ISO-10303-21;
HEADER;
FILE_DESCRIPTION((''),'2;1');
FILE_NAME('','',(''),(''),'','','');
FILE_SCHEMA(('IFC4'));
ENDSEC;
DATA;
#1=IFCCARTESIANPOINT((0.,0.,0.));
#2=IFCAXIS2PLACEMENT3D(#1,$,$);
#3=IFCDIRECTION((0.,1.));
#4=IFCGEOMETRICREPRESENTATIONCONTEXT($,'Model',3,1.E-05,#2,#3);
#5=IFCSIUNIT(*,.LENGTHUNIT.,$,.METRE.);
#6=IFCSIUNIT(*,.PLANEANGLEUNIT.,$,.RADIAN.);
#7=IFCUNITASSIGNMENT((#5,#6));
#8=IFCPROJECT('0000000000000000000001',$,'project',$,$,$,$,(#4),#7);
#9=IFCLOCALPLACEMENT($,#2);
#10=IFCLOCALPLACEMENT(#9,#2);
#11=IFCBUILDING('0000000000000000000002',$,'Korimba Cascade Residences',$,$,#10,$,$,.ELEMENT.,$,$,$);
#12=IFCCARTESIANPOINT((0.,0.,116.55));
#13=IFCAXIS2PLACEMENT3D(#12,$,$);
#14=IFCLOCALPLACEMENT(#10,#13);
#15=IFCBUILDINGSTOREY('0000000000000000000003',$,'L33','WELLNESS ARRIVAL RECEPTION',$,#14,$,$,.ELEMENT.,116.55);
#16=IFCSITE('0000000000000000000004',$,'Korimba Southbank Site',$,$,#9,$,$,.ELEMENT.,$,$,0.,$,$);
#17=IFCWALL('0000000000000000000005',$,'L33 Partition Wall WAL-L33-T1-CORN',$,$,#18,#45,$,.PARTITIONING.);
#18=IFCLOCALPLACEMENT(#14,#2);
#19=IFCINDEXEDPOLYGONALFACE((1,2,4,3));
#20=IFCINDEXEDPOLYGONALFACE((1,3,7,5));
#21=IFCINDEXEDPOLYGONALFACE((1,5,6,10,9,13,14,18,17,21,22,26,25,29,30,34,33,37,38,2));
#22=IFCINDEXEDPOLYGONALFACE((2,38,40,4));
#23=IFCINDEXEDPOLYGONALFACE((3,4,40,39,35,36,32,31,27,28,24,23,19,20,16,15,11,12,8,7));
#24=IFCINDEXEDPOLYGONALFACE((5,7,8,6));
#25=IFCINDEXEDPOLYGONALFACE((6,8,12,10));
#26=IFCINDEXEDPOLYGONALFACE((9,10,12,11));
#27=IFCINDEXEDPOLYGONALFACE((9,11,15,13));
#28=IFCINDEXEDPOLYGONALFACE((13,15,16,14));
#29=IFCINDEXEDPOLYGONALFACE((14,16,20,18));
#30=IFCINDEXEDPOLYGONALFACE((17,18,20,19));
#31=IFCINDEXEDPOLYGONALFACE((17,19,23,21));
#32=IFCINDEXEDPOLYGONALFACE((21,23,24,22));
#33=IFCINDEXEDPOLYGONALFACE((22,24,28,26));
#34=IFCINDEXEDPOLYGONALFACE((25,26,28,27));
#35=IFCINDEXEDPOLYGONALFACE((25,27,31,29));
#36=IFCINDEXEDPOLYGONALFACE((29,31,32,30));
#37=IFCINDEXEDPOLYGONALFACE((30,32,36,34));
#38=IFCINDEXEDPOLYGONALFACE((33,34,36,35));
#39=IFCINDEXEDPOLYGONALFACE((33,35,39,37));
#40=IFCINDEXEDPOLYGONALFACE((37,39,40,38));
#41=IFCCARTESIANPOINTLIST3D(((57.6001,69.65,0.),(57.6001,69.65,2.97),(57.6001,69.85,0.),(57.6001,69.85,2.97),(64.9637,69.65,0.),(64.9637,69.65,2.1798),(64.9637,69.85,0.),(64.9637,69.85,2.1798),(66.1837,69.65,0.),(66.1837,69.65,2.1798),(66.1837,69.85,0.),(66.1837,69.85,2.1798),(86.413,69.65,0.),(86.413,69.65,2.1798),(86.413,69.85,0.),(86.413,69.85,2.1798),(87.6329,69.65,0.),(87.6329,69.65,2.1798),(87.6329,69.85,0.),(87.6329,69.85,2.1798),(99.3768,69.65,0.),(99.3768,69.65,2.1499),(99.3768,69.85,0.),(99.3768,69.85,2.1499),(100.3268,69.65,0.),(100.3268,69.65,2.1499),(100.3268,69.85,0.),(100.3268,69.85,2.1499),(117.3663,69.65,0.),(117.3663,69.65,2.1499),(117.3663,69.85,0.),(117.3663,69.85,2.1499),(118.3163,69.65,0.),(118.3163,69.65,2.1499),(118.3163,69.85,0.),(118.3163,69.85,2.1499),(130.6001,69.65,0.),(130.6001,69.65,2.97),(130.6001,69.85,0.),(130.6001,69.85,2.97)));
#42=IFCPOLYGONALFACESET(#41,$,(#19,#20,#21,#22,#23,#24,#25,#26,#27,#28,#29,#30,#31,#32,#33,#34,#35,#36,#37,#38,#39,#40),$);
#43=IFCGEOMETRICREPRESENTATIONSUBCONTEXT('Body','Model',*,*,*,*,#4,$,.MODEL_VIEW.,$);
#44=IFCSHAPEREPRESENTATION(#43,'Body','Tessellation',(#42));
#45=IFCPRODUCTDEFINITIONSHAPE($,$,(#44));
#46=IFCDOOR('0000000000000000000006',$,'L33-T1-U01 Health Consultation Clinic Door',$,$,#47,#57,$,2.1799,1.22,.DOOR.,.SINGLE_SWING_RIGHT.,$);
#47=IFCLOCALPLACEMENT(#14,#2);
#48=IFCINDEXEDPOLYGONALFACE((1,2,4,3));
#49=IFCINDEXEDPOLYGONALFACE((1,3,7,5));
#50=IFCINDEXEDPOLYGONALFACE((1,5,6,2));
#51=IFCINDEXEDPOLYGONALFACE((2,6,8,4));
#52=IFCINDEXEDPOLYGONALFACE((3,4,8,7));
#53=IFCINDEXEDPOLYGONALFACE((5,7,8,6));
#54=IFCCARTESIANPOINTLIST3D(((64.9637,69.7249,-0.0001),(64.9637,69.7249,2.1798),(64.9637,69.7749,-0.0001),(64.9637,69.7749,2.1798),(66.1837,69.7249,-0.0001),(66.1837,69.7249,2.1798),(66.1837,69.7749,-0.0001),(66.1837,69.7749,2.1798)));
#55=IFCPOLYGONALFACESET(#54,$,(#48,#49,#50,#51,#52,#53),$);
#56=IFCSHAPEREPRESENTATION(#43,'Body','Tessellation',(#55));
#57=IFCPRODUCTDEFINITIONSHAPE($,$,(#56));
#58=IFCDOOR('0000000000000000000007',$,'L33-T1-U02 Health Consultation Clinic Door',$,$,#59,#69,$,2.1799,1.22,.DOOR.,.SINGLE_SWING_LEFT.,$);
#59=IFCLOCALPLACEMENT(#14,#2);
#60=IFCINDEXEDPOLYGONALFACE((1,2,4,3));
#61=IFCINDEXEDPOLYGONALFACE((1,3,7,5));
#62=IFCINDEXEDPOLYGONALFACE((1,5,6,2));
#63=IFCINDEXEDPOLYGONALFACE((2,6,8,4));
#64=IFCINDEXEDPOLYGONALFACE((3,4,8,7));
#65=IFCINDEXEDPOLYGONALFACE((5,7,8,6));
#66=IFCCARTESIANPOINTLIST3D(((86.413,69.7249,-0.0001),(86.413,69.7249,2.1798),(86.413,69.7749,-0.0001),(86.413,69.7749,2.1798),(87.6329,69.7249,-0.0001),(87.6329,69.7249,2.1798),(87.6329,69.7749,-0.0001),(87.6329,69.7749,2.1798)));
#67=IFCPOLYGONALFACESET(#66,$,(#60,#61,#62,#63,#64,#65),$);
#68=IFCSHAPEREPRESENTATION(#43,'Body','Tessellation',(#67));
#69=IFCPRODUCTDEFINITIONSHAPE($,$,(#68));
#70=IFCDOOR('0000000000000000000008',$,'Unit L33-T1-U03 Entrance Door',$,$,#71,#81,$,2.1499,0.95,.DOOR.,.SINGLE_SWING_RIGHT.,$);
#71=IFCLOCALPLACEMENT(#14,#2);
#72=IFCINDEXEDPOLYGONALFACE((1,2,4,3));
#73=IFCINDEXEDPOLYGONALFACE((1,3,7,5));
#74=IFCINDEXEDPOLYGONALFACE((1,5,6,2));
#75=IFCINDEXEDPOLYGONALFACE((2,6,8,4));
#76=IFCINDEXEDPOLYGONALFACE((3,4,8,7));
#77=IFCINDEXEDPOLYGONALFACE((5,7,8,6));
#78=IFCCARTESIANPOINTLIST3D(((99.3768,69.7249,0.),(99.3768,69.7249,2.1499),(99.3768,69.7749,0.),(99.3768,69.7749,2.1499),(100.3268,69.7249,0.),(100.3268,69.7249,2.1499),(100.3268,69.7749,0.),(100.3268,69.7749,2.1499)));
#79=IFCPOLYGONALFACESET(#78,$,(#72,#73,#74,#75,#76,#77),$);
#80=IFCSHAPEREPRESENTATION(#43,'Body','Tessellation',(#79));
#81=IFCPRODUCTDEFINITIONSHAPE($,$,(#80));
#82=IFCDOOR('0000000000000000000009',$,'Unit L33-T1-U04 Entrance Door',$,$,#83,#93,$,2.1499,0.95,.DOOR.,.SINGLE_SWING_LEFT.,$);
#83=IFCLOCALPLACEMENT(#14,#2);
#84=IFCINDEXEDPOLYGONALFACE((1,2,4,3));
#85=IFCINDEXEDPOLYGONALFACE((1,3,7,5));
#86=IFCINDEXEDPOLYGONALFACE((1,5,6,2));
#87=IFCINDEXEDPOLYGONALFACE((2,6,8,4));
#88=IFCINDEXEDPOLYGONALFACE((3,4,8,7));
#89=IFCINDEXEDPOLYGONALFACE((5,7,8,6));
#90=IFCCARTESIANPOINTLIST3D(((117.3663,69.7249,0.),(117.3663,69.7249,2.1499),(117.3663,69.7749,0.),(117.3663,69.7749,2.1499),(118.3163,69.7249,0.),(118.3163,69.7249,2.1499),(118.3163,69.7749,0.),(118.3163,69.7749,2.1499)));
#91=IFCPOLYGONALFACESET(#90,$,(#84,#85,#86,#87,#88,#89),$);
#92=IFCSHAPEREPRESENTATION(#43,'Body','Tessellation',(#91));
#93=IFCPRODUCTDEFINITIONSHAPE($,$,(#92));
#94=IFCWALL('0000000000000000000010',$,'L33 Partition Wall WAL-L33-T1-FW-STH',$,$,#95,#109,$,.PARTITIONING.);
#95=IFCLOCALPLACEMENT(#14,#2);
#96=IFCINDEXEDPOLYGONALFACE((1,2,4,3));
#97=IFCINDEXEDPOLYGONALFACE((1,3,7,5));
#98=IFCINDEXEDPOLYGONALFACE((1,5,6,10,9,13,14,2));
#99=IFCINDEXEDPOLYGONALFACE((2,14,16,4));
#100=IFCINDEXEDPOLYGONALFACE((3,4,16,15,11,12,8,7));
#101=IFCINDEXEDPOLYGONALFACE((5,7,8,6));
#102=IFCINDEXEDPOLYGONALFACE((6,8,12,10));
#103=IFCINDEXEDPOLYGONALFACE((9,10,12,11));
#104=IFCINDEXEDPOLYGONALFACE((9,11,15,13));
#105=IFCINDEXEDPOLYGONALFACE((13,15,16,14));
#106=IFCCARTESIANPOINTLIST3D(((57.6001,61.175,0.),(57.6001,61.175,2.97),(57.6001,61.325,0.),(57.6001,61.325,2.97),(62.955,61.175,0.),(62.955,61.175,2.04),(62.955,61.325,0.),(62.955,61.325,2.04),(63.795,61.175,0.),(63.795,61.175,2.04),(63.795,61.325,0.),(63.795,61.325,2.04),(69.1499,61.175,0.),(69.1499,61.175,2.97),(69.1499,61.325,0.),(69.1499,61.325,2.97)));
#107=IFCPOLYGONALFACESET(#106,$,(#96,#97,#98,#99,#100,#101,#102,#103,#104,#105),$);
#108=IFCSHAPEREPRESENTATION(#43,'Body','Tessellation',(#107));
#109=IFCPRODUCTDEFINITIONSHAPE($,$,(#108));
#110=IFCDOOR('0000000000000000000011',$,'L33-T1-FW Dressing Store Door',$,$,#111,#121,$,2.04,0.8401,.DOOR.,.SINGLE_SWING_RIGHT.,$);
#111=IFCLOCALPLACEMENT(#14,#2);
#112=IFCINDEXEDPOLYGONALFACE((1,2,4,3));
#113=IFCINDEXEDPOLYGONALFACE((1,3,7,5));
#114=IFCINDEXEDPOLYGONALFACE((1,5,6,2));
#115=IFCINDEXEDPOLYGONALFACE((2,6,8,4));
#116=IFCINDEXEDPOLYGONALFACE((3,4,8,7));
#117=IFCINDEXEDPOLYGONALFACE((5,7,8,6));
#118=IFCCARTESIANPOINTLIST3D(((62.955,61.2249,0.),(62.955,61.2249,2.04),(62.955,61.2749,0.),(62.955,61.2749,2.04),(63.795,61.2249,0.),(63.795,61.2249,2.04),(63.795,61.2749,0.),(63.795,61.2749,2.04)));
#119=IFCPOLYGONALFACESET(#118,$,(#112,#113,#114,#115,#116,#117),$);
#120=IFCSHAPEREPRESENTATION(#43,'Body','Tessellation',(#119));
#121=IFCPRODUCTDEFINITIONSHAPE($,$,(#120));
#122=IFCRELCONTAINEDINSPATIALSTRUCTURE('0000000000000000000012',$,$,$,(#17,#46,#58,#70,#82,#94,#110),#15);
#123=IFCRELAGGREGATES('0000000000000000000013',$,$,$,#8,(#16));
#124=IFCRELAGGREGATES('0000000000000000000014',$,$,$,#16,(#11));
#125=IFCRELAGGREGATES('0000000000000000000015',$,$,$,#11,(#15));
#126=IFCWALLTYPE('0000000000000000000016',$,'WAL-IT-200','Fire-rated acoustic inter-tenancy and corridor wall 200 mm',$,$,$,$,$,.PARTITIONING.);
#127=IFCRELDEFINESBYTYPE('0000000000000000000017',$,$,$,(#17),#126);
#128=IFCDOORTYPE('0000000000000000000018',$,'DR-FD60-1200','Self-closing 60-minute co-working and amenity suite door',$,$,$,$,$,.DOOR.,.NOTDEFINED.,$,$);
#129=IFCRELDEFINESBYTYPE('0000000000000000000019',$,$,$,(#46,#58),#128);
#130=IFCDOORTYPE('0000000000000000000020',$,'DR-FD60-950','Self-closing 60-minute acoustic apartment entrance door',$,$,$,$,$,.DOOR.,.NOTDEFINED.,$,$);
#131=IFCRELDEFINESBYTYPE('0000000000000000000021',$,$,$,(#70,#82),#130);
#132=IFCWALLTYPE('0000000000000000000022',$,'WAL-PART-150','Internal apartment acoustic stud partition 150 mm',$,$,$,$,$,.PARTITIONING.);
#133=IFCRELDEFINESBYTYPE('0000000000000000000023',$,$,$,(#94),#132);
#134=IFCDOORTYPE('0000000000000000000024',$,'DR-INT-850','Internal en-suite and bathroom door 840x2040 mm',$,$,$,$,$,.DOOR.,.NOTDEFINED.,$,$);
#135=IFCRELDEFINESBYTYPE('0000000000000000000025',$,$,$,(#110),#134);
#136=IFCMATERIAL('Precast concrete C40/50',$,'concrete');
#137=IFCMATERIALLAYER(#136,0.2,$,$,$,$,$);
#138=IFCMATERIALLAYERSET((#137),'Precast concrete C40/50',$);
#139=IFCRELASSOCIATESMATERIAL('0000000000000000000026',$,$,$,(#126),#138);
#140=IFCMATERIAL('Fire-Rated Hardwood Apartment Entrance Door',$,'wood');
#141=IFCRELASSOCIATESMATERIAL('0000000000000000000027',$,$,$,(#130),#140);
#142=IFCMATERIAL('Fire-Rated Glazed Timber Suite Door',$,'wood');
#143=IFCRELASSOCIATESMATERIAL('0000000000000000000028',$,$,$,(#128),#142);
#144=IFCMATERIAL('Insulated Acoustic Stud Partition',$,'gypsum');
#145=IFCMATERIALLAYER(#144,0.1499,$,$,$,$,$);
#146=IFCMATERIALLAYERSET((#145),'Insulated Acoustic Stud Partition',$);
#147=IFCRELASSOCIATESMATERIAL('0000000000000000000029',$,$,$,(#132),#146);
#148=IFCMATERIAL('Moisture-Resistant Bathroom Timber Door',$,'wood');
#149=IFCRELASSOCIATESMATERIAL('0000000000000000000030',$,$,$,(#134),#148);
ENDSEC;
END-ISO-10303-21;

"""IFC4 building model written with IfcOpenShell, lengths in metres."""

from ifc_helpers import new_model, si_unit, direction, frame, frame_2d, origin, place, context, subcontext, project, spatial, rectangle, extrude, material, layer, layer_set, type_object, element, fill, save


model = new_model("IFC4")

# Units and contexts
model_context = context("Model", 3, precision=1e-05, world=origin(), true_north=direction((0.0, 1.0)))
body_context = subcontext(model_context, "Body", "Model", "MODEL_VIEW")
ifc_project = project(units=[si_unit("LENGTHUNIT", "METRE"), si_unit("PLANEANGLEUNIT", "RADIAN")], contexts=[model_context])

# Site, building, storey
site_placement = place(None, origin())
site = spatial("IfcSite", under=ifc_project, at=site_placement, Name="Korimba Southbank Site", CompositionType="ELEMENT", RefElevation=0.0)
building_placement = place(site_placement, origin())
building = spatial("IfcBuilding", under=site, at=building_placement, Name="Korimba Cascade Residences", CompositionType="ELEMENT")
storey_placement = place(building_placement, frame((0.0, 0.0, 116.55)))
storey = spatial("IfcBuildingStorey", under=building, at=storey_placement, Name="L33", Description="WELLNESS ARRIVAL RECEPTION", CompositionType="ELEMENT", Elevation=116.55)

# Shared definitions
ifc_material_1 = material(Name="Precast concrete C40/50", Category="concrete")
ifc_layer_1 = layer(ifc_material_1, 0.2)
ifc_layer_set_1 = layer_set([ifc_layer_1], Name="Precast concrete C40/50")
wall_type_1 = type_object("IfcWallType", Name="WAL-IT-200", Description="Fire-rated acoustic inter-tenancy and corridor wall 200 mm", PredefinedType="PARTITIONING", material=ifc_layer_set_1)
ifc_material_2 = material(Name="Fire-Rated Hardwood Apartment Entrance Door", Category="wood")
door_type_1 = type_object("IfcDoorType", Name="DR-FD60-950", Description="Self-closing 60-minute acoustic apartment entrance door", OperationType="NOTDEFINED", PredefinedType="DOOR", material=ifc_material_2)

# Wall, openings, doors
wall_1_placement = place(storey_placement, frame((57.6001, 69.75, 0.0), z_axis=(0.0, 0.0, 1.0), x_axis=(1.0, 0.0, 0.0)))
wall_1 = element("IfcWall", 1, at=wall_1_placement, inside=storey, type_object=wall_type_1, Name="L33 Partition Wall WAL-L33-T1-CORN", PredefinedType="PARTITIONING", context=body_context, shape_type="SweptSolid", body=[
    extrude(rectangle(XDim=73.0, YDim=0.2, at=frame_2d((36.5, 0.0))), origin(), (0.0, 0.0, 1.0), 2.97),
])
opening_1_placement = place(wall_1_placement, frame((7.3638, 0.0, 0.0)))
opening_1 = element("IfcOpeningElement", 2, at=opening_1_placement, cuts=wall_1, PredefinedType="OPENING", context=body_context, shape_type="SweptSolid", body=[
    extrude(rectangle(XDim=1.22, YDim=2.1799, at=frame_2d((0.6099, 1.0898))), frame((0.0, 0.1099, 0.0), z_axis=(0.0, -1.0, 0.0), x_axis=(1.0, 0.0, 0.0)), (0.0, 0.0, 1.0), 0.22),
])
opening_2_placement = place(wall_1_placement, frame((28.813, 0.0, 0.0)))
opening_2 = element("IfcOpeningElement", 3, at=opening_2_placement, cuts=wall_1, PredefinedType="OPENING", context=body_context, shape_type="SweptSolid", body=[
    extrude(rectangle(XDim=1.22, YDim=2.1799, at=frame_2d((0.6099, 1.0898))), frame((0.0, 0.1099, 0.0), z_axis=(0.0, -1.0, 0.0), x_axis=(1.0, 0.0, 0.0)), (0.0, 0.0, 1.0), 0.22),
])
opening_3_placement = place(wall_1_placement, frame((41.7766, 0.0, 0.0)))
opening_3 = element("IfcOpeningElement", 4, at=opening_3_placement, cuts=wall_1, PredefinedType="OPENING", context=body_context, shape_type="SweptSolid", body=[
    extrude(rectangle(XDim=0.95, YDim=2.1499, at=frame_2d((0.4751, 1.075))), frame((0.0, 0.1099, 0.0), z_axis=(0.0, -1.0, 0.0), x_axis=(1.0, 0.0, 0.0)), (0.0, 0.0, 1.0), 0.22),
])
opening_4_placement = place(wall_1_placement, frame((59.7661, 0.0, 0.0)))
opening_4 = element("IfcOpeningElement", 5, at=opening_4_placement, cuts=wall_1, PredefinedType="OPENING", context=body_context, shape_type="SweptSolid", body=[
    extrude(rectangle(XDim=0.95, YDim=2.1499, at=frame_2d((0.4751, 1.075))), frame((0.0, 0.1099, 0.0), z_axis=(0.0, -1.0, 0.0), x_axis=(1.0, 0.0, 0.0)), (0.0, 0.0, 1.0), 0.22),
])
ifc_material_3 = material(Name="Fire-Rated Glazed Timber Suite Door", Category="wood")
door_type_2 = type_object("IfcDoorType", Name="DR-FD60-1200", Description="Self-closing 60-minute co-working and amenity suite door", OperationType="NOTDEFINED", PredefinedType="DOOR", material=ifc_material_3)
door_1_placement = place(opening_1_placement, origin())
door_1 = element("IfcDoor", 6, at=door_1_placement, inside=storey, type_object=door_type_2, Name="L33-T1-U01 Health Consultation Clinic Door", OperationType="SINGLE_SWING_RIGHT", OverallHeight=2.1799, OverallWidth=1.22, PredefinedType="DOOR", context=body_context, shape_type="SweptSolid", body=[
    extrude(rectangle(XDim=1.22, YDim=2.1799, at=frame_2d((0.6099, 1.0898))), frame((0.0, 0.0249, 0.0), z_axis=(0.0, -1.0, 0.0), x_axis=(1.0, 0.0, 0.0)), (0.0, 0.0, 1.0), 0.05),
])
fill(opening_1, door_1)
door_2_placement = place(opening_2_placement, origin())
door_2 = element("IfcDoor", 7, at=door_2_placement, inside=storey, type_object=door_type_2, Name="L33-T1-U02 Health Consultation Clinic Door", OperationType="SINGLE_SWING_LEFT", OverallHeight=2.1799, OverallWidth=1.22, PredefinedType="DOOR", context=body_context, shape_type="SweptSolid", body=[
    extrude(rectangle(XDim=1.22, YDim=2.1799, at=frame_2d((0.6099, 1.0898))), frame((0.0, 0.0249, 0.0), z_axis=(0.0, -1.0, 0.0), x_axis=(1.0, 0.0, 0.0)), (0.0, 0.0, 1.0), 0.05),
])
fill(opening_2, door_2)
door_3_placement = place(opening_3_placement, origin())
door_3 = element("IfcDoor", 8, at=door_3_placement, inside=storey, type_object=door_type_1, Name="Unit L33-T1-U03 Entrance Door", OperationType="SINGLE_SWING_RIGHT", OverallHeight=2.1499, OverallWidth=0.95, PredefinedType="DOOR", context=body_context, shape_type="SweptSolid", body=[
    extrude(rectangle(XDim=0.95, YDim=2.1499, at=frame_2d((0.4751, 1.075))), frame((0.0, 0.0249, 0.0), z_axis=(0.0, -1.0, 0.0), x_axis=(1.0, 0.0, 0.0)), (0.0, 0.0, 1.0), 0.05),
])
fill(opening_3, door_3)
door_4_placement = place(opening_4_placement, origin())
door_4 = element("IfcDoor", 9, at=door_4_placement, inside=storey, type_object=door_type_1, Name="Unit L33-T1-U04 Entrance Door", OperationType="SINGLE_SWING_LEFT", OverallHeight=2.1499, OverallWidth=0.95, PredefinedType="DOOR", context=body_context, shape_type="SweptSolid", body=[
    extrude(rectangle(XDim=0.95, YDim=2.1499, at=frame_2d((0.4751, 1.075))), frame((0.0, 0.0249, 0.0), z_axis=(0.0, -1.0, 0.0), x_axis=(1.0, 0.0, 0.0)), (0.0, 0.0, 1.0), 0.05),
])
fill(opening_4, door_4)

# Wall, opening, door
ifc_material_4 = material(Name="Insulated Acoustic Stud Partition", Category="gypsum")
ifc_layer_2 = layer(ifc_material_4, 0.1499)
ifc_layer_set_2 = layer_set([ifc_layer_2], Name="Insulated Acoustic Stud Partition")
wall_type_2 = type_object("IfcWallType", Name="WAL-PART-150", Description="Internal apartment acoustic stud partition 150 mm", PredefinedType="PARTITIONING", material=ifc_layer_set_2)
wall_2_placement = place(storey_placement, frame((57.6001, 61.25, 0.0), z_axis=(0.0, 0.0, 1.0), x_axis=(1.0, 0.0, 0.0)))
wall_2 = element("IfcWall", 10, at=wall_2_placement, inside=storey, type_object=wall_type_2, Name="L33 Partition Wall WAL-L33-T1-FW-STH", PredefinedType="PARTITIONING", context=body_context, shape_type="SweptSolid", body=[
    extrude(rectangle(XDim=11.5498, YDim=0.1499, at=frame_2d((5.7749, 0.0))), origin(), (0.0, 0.0, 1.0), 2.97),
])
opening_5_placement = place(wall_2_placement, frame((5.355, 0.0, 0.0)))
opening_5 = element("IfcOpeningElement", 11, at=opening_5_placement, cuts=wall_2, PredefinedType="OPENING", context=body_context, shape_type="SweptSolid", body=[
    extrude(rectangle(XDim=0.8401, YDim=2.04, at=frame_2d((0.4199, 1.02))), frame((0.0, 0.085, 0.0), z_axis=(0.0, -1.0, 0.0), x_axis=(1.0, 0.0, 0.0)), (0.0, 0.0, 1.0), 0.1699),
])
ifc_material_5 = material(Name="Moisture-Resistant Bathroom Timber Door", Category="wood")
door_type_3 = type_object("IfcDoorType", Name="DR-INT-850", Description="Internal en-suite and bathroom door 840x2040 mm", OperationType="NOTDEFINED", PredefinedType="DOOR", material=ifc_material_5)
door_5_placement = place(opening_5_placement, origin())
door_5 = element("IfcDoor", 12, at=door_5_placement, inside=storey, type_object=door_type_3, Name="L33-T1-FW Dressing Store Door", OperationType="SINGLE_SWING_RIGHT", OverallHeight=2.04, OverallWidth=0.8401, PredefinedType="DOOR", context=body_context, shape_type="SweptSolid", body=[
    extrude(rectangle(XDim=0.8401, YDim=2.04, at=frame_2d((0.4199, 1.02))), frame((0.0, 0.0249, 0.0), z_axis=(0.0, -1.0, 0.0), x_axis=(1.0, 0.0, 0.0)), (0.0, 0.0, 1.0), 0.05),
])
fill(opening_5, door_5)

save(model, "model.ifc")
